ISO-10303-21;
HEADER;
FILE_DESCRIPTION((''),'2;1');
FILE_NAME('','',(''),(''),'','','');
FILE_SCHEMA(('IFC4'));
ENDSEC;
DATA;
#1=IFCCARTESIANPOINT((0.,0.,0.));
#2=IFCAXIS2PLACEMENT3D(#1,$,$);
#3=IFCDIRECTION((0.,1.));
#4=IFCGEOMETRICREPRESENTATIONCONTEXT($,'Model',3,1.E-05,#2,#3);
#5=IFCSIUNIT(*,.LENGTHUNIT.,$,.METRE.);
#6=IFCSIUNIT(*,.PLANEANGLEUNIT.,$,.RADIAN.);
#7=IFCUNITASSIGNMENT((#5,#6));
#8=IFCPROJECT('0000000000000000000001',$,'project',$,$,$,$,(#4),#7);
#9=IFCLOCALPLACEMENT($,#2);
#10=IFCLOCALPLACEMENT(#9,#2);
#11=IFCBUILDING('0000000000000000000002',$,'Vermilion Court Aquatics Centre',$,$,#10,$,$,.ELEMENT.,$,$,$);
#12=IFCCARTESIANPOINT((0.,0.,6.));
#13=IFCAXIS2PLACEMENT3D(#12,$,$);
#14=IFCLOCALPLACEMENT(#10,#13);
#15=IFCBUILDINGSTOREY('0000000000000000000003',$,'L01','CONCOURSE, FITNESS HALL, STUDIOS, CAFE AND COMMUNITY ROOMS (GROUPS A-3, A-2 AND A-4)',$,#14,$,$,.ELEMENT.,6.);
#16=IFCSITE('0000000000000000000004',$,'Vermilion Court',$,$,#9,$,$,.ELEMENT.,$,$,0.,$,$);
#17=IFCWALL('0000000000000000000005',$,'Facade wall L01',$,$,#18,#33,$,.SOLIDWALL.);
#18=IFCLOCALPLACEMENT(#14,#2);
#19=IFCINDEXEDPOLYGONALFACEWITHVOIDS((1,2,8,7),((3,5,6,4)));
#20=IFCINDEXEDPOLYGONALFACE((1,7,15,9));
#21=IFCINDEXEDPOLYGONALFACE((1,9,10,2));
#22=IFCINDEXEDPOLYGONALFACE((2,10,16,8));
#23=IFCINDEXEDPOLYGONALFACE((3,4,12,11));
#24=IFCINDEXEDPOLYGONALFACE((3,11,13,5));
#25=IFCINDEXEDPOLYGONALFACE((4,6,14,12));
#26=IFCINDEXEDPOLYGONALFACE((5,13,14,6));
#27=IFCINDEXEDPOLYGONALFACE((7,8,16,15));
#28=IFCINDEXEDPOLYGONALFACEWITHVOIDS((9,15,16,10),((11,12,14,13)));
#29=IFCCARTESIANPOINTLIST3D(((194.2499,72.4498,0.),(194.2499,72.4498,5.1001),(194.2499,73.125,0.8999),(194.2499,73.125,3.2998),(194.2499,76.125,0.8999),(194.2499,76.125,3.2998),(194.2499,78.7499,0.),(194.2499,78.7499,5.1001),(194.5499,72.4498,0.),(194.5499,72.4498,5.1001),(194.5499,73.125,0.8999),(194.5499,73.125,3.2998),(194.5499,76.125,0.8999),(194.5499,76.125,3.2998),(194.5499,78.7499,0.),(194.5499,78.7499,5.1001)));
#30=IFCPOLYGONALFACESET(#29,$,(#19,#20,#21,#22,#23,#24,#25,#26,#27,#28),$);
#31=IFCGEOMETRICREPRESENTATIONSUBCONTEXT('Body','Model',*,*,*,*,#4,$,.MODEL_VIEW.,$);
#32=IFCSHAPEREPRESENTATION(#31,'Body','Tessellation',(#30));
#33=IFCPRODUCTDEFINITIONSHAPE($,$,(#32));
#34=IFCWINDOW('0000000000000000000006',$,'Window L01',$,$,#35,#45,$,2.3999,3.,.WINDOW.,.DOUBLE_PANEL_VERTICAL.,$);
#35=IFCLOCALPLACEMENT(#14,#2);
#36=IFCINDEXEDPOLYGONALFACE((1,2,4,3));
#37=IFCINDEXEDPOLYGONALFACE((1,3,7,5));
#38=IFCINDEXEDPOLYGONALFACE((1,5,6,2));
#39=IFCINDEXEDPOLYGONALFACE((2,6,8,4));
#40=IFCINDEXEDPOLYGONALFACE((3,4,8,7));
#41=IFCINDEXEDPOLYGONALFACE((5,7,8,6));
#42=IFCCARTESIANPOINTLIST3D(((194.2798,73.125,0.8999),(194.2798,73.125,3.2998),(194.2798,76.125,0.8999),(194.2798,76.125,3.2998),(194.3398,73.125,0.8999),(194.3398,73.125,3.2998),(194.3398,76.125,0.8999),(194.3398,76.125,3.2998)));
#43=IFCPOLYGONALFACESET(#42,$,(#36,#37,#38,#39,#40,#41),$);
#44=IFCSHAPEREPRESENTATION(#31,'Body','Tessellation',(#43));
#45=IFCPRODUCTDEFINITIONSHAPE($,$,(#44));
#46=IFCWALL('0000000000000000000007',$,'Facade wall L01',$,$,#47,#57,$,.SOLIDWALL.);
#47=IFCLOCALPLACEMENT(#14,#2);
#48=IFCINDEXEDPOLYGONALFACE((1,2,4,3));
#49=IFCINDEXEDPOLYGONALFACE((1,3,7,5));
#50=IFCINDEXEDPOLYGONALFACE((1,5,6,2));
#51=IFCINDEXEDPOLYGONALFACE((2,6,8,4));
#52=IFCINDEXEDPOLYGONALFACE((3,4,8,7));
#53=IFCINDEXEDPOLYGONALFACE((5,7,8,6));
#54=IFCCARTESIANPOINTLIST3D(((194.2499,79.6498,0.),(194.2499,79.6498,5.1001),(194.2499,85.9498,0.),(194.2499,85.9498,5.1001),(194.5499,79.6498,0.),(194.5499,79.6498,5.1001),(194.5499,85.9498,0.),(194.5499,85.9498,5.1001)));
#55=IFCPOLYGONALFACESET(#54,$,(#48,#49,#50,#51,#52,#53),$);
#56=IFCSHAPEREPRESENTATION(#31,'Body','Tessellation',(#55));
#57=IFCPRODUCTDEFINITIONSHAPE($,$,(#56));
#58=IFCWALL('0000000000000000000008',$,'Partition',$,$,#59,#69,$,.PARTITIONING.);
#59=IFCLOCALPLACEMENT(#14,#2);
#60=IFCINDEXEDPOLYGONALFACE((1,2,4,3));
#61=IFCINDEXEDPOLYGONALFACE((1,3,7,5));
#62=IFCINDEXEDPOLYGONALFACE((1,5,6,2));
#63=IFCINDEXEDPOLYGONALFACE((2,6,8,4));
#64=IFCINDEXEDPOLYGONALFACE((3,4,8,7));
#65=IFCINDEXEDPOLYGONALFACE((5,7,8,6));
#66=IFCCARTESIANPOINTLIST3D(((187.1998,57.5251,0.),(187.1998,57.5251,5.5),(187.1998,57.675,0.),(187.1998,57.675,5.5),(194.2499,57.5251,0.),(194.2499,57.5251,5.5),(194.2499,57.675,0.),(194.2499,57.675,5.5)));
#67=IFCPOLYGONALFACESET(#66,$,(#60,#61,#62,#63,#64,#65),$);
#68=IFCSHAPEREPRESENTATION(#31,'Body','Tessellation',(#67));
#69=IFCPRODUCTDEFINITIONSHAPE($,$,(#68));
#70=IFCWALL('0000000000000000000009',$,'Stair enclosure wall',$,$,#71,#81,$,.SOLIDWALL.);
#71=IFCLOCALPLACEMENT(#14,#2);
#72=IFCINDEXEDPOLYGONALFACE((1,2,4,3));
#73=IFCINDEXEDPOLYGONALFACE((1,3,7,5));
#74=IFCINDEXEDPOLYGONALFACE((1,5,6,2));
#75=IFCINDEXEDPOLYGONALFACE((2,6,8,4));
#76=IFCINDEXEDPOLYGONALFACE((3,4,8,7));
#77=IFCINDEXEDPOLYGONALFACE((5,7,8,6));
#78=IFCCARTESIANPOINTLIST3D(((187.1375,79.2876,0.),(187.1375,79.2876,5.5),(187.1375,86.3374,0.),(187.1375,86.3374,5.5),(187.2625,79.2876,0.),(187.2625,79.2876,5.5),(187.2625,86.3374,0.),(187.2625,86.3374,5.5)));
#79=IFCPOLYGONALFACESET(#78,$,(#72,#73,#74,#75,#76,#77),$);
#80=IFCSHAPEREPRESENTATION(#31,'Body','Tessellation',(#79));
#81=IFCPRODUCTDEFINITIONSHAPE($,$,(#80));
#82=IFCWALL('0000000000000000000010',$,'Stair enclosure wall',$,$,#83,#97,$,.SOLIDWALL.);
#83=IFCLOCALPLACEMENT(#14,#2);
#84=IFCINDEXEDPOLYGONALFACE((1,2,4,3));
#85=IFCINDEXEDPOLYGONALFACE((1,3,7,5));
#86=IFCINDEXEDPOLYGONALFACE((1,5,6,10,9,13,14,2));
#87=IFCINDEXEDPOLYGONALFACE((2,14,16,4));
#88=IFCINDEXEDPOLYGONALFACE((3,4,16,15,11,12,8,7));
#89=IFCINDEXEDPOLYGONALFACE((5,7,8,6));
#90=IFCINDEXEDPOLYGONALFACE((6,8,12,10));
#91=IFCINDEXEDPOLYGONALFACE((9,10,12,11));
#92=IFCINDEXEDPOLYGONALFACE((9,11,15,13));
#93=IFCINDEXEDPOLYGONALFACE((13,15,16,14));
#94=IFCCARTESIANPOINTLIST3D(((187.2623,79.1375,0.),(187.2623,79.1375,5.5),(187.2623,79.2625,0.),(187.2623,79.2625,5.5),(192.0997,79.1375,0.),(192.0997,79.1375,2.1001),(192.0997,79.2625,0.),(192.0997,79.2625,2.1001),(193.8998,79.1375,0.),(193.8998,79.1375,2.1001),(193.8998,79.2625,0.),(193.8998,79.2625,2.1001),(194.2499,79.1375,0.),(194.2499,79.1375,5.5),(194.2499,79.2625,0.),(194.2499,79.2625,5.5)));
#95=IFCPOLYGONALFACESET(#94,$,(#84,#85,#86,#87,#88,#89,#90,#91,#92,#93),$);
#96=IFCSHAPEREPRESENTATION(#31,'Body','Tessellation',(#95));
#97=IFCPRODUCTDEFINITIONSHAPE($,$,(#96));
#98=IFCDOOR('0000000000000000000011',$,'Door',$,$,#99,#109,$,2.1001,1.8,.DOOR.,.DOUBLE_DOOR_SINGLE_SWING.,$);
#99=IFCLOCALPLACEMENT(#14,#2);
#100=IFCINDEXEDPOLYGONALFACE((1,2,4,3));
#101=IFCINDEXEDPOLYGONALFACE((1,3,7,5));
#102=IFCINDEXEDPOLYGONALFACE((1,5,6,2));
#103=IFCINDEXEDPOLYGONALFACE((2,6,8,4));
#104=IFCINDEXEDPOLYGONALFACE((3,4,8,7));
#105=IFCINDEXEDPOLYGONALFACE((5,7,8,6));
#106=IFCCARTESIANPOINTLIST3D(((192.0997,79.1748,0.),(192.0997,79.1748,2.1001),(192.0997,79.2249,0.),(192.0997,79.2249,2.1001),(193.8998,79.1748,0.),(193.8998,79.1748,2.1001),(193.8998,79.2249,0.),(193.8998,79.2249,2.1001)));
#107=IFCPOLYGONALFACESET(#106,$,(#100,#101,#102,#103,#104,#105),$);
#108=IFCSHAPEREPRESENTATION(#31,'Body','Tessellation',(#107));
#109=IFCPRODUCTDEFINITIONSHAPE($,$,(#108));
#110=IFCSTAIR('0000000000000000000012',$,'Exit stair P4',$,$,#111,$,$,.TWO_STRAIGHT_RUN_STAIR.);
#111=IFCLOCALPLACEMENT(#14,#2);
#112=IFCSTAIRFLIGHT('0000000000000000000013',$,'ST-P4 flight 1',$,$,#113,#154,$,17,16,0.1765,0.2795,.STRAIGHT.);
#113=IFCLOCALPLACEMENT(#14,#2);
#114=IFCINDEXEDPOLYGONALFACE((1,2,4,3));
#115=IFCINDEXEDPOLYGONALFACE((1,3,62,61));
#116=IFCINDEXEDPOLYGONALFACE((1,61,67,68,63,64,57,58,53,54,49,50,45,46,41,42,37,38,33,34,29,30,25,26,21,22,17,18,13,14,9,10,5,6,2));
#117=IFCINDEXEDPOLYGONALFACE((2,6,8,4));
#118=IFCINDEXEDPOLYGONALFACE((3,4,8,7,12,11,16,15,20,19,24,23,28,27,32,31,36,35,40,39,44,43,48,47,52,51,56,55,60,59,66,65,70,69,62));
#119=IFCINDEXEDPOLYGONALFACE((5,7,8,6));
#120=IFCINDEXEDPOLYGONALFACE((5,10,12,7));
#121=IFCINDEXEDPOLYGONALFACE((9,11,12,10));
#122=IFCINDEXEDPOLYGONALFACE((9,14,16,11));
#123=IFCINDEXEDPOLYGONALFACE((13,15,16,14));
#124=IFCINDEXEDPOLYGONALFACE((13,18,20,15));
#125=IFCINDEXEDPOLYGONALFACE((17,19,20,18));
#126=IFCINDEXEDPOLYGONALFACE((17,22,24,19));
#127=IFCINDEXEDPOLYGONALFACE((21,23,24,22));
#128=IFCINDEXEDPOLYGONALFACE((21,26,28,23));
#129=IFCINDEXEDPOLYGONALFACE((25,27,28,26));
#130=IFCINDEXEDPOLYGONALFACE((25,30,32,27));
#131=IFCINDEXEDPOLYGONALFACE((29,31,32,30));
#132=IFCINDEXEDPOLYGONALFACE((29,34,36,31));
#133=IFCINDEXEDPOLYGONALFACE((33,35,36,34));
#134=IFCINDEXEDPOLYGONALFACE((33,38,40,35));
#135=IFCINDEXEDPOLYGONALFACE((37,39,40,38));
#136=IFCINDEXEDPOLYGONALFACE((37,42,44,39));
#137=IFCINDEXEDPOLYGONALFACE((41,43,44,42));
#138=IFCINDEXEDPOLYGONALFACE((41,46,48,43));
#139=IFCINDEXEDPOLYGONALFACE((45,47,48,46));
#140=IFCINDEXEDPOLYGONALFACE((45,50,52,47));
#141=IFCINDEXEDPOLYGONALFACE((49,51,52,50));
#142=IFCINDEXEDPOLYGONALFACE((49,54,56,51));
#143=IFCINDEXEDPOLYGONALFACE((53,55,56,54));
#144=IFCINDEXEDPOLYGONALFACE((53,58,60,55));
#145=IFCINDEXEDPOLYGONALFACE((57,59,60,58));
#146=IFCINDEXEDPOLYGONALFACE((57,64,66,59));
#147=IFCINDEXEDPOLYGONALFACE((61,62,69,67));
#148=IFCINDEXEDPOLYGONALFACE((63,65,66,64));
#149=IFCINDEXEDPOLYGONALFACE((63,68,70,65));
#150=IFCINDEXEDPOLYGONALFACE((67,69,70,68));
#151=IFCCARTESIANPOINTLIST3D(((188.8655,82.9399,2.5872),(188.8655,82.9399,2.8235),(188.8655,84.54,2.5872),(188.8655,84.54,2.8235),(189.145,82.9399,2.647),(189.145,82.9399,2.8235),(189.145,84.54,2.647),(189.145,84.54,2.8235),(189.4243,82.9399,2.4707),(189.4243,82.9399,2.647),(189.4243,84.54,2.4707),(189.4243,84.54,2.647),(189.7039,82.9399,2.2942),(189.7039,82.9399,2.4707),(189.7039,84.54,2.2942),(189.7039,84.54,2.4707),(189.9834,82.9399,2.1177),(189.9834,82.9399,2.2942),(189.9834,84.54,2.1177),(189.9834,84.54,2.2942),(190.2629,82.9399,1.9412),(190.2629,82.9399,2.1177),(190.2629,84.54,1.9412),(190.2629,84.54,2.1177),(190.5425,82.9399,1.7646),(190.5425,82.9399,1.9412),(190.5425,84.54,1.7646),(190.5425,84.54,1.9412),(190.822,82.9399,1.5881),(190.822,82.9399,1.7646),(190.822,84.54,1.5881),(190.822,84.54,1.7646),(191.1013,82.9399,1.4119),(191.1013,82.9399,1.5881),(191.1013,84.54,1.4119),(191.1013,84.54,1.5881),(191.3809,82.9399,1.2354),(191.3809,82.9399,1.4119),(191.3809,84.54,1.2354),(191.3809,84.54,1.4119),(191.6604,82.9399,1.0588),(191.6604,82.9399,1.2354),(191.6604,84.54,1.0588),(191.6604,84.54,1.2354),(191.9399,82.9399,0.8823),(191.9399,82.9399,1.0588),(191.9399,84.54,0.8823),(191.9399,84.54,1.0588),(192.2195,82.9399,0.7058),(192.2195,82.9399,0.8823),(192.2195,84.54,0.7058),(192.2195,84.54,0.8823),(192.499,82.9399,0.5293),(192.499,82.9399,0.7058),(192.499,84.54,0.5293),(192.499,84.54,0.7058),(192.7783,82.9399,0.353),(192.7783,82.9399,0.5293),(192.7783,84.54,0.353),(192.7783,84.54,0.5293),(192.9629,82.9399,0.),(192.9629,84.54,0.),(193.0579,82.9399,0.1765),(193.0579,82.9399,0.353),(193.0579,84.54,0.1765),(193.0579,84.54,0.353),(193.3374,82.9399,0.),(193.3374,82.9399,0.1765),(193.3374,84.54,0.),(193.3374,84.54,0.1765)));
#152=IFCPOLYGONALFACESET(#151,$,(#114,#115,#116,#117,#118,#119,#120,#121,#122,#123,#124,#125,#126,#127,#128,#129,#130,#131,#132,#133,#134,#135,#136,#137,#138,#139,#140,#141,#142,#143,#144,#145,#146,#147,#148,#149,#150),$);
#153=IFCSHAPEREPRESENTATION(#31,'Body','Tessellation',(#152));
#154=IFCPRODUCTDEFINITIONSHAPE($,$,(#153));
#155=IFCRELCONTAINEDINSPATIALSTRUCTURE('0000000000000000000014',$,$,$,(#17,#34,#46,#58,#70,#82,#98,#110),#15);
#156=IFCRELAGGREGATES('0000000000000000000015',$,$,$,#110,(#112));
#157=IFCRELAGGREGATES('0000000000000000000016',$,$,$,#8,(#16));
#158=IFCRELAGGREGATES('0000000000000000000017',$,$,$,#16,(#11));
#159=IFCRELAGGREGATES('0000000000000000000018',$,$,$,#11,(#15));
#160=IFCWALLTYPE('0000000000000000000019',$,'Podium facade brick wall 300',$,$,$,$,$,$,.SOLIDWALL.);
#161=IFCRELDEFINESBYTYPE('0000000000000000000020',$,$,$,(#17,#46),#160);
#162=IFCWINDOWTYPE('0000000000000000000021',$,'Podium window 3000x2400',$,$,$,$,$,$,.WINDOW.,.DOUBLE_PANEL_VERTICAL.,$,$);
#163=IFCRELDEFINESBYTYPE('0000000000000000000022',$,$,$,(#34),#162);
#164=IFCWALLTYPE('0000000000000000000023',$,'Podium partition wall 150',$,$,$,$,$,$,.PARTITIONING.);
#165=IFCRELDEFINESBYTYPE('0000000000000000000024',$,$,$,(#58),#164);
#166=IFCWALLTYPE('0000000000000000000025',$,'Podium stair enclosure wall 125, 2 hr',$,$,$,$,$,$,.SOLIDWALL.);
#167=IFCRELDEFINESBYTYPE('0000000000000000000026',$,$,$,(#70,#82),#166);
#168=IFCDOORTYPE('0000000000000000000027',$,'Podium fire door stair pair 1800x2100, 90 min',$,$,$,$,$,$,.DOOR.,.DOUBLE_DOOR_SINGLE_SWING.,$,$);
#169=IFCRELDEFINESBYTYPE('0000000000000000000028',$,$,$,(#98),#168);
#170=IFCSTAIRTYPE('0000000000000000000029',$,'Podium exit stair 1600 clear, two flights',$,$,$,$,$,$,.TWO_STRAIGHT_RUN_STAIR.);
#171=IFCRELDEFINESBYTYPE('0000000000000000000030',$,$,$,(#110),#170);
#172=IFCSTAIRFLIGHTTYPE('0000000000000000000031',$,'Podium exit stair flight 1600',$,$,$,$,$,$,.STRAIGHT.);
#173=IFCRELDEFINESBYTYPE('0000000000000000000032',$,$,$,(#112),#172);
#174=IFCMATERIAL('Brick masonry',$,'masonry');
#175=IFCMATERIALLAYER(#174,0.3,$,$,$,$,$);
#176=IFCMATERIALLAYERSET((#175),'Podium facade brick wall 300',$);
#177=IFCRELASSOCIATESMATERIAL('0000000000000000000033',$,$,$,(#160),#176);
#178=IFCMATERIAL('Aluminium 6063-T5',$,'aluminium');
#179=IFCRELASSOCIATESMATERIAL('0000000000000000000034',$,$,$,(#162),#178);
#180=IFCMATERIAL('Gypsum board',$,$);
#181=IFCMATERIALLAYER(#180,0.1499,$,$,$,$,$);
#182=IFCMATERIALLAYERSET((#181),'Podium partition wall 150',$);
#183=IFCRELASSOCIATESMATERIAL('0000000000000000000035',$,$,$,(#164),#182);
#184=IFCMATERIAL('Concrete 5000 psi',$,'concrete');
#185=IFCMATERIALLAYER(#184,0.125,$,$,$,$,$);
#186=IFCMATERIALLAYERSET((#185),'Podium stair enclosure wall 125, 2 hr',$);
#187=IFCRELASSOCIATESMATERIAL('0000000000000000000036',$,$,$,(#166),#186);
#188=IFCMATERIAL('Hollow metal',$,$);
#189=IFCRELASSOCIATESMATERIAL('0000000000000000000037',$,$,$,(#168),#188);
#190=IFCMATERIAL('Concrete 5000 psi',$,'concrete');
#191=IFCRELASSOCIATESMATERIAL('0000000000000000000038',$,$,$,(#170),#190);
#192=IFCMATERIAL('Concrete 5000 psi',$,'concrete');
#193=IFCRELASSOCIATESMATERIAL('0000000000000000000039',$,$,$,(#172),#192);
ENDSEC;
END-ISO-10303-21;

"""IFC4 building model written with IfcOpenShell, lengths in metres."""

from ifc_helpers import new_model, si_unit, direction, frame, frame_2d, origin, place, context, subcontext, project, spatial, polyline, rectangle, outline, extrude, material, layer, layer_set, type_object, element, fill, aggregate, save


model = new_model("IFC4")

# Units and contexts
model_context = context("Model", 3, precision=1e-05, world=origin(), true_north=direction((0.0, 1.0)))
body_context = subcontext(model_context, "Body", "Model", "MODEL_VIEW")
ifc_project = project(units=[si_unit("LENGTHUNIT", "METRE"), si_unit("PLANEANGLEUNIT", "RADIAN")], contexts=[model_context])

# Site, building, storey
site_placement = place(None, origin())
site = spatial("IfcSite", under=ifc_project, at=site_placement, Name="Vermilion Court", CompositionType="ELEMENT", RefElevation=0.0)
building_placement = place(site_placement, origin())
building = spatial("IfcBuilding", under=site, at=building_placement, Name="Vermilion Court Aquatics Centre", CompositionType="ELEMENT")
storey_placement = place(building_placement, frame((0.0, 0.0, 6.0)))
storey = spatial("IfcBuildingStorey", under=building, at=storey_placement, Name="L01", Description="CONCOURSE, FITNESS HALL, STUDIOS, CAFE AND COMMUNITY ROOMS (GROUPS A-3, A-2 AND A-4)", CompositionType="ELEMENT", Elevation=6.0)

# Wall, opening, window
ifc_material_1 = material(Name="Brick masonry", Category="masonry")
ifc_layer_1 = layer(ifc_material_1, 0.3)
ifc_layer_set_1 = layer_set([ifc_layer_1], Name="Podium facade brick wall 300")
wall_type_1 = type_object("IfcWallType", Name="Podium facade brick wall 300", PredefinedType="SOLIDWALL", material=ifc_layer_set_1)
ifc_material_2 = material(Name="Aluminium 6063-T5", Category="aluminium")
window_type = type_object("IfcWindowType", Name="Podium window 3000x2400", PartitioningType="DOUBLE_PANEL_VERTICAL", PredefinedType="WINDOW", material=ifc_material_2)
wall_1_placement = place(storey_placement, frame((194.3999, 72.45, 0.0), z_axis=(0.0, 0.0, 1.0), x_axis=(0.0, 1.0, 0.0)))
wall_1 = element("IfcWall", 1, at=wall_1_placement, inside=storey, type_object=wall_type_1, Name="Facade wall L01", PredefinedType="SOLIDWALL", context=body_context, shape_type="SweptSolid", body=[
    extrude(rectangle(XDim=6.3, YDim=0.3, at=frame_2d((3.1499, 0.0))), origin(), (0.0, 0.0, 1.0), 5.1001),
])
opening_1_placement = place(wall_1_placement, frame((0.675, 0.0, 0.8999)))
opening_1 = element("IfcOpeningElement", 2, at=opening_1_placement, cuts=wall_1, PredefinedType="OPENING", context=body_context, shape_type="SweptSolid", body=[
    extrude(rectangle(XDim=3.0, YDim=2.3999, at=frame_2d((1.5, 1.2))), frame((0.0, 0.1599, 0.0), z_axis=(0.0, -1.0, 0.0), x_axis=(1.0, 0.0, 0.0)), (0.0, 0.0, 1.0), 0.3201),
])
window_1_placement = place(opening_1_placement, origin())
window_1 = element("IfcWindow", 3, at=window_1_placement, inside=storey, type_object=window_type, Name="Window L01", OverallHeight=2.3999, OverallWidth=3.0, PartitioningType="DOUBLE_PANEL_VERTICAL", PredefinedType="WINDOW", context=body_context, shape_type="SweptSolid", body=[
    extrude(rectangle(XDim=3.0, YDim=2.3999, at=frame_2d((1.5, 1.2))), frame((0.0, 0.1201, 0.0), z_axis=(0.0, -1.0, 0.0), x_axis=(1.0, 0.0, 0.0)), (0.0, 0.0, 1.0), 0.0601),
])
fill(opening_1, window_1)

# Walls
wall_2_placement = place(storey_placement, frame((194.3999, 79.6499, 0.0), z_axis=(0.0, 0.0, 1.0), x_axis=(0.0, 1.0, 0.0)))
element("IfcWall", 4, at=wall_2_placement, inside=storey, type_object=wall_type_1, Name="Facade wall L01", PredefinedType="SOLIDWALL", context=body_context, shape_type="SweptSolid", body=[
    extrude(rectangle(XDim=6.3, YDim=0.3, at=frame_2d((3.1499, 0.0))), origin(), (0.0, 0.0, 1.0), 5.1001),
])
ifc_material_3 = material(Name="Gypsum board")
ifc_layer_2 = layer(ifc_material_3, 0.1499)
ifc_layer_set_2 = layer_set([ifc_layer_2], Name="Podium partition wall 150")
wall_type_2 = type_object("IfcWallType", Name="Podium partition wall 150", PredefinedType="PARTITIONING", material=ifc_layer_set_2)
wall_3_placement = place(storey_placement, frame((187.2, 57.6001, 0.0), z_axis=(0.0, 0.0, 1.0), x_axis=(1.0, 0.0, 0.0)))
element("IfcWall", 5, at=wall_3_placement, inside=storey, type_object=wall_type_2, Name="Partition", PredefinedType="PARTITIONING", context=body_context, shape_type="SweptSolid", body=[
    extrude(rectangle(XDim=7.05, YDim=0.1499, at=frame_2d((3.5249, 0.0))), origin(), (0.0, 0.0, 1.0), 5.5),
])
ifc_material_4 = material(Name="Concrete 5000 psi", Category="concrete")
ifc_layer_3 = layer(ifc_material_4, 0.125)
ifc_layer_set_3 = layer_set([ifc_layer_3], Name="Podium stair enclosure wall 125, 2 hr")
wall_type_3 = type_object("IfcWallType", Name="Podium stair enclosure wall 125, 2 hr", PredefinedType="SOLIDWALL", material=ifc_layer_set_3)
wall_4_placement = place(storey_placement, frame((187.2, 79.2876, 0.0), z_axis=(0.0, 0.0, 1.0), x_axis=(0.0, 1.0, 0.0)))
element("IfcWall", 6, at=wall_4_placement, inside=storey, type_object=wall_type_3, Name="Stair enclosure wall", PredefinedType="SOLIDWALL", context=body_context, shape_type="SweptSolid", body=[
    extrude(rectangle(XDim=7.0498, YDim=0.125, at=frame_2d((3.5249, 0.0))), origin(), (0.0, 0.0, 1.0), 5.5),
])

# Wall, opening, door
wall_5_placement = place(storey_placement, frame((187.2625, 79.2, 0.0), z_axis=(0.0, 0.0, 1.0), x_axis=(1.0, 0.0, 0.0)))
wall_5 = element("IfcWall", 7, at=wall_5_placement, inside=storey, type_object=wall_type_3, Name="Stair enclosure wall", PredefinedType="SOLIDWALL", context=body_context, shape_type="SweptSolid", body=[
    extrude(rectangle(XDim=6.9875, YDim=0.125, at=frame_2d((3.4937, 0.0))), origin(), (0.0, 0.0, 1.0), 5.5),
])
opening_2_placement = place(wall_5_placement, frame((4.8374, 0.0, 0.0)))
opening_2 = element("IfcOpeningElement", 8, at=opening_2_placement, cuts=wall_5, PredefinedType="OPENING", context=body_context, shape_type="SweptSolid", body=[
    extrude(rectangle(XDim=1.8, YDim=2.1001, at=frame_2d((0.8999, 1.05))), frame((0.0, 0.0725, 0.0), z_axis=(0.0, -1.0, 0.0), x_axis=(1.0, 0.0, 0.0)), (0.0, 0.0, 1.0), 0.145),
])
ifc_material_5 = material(Name="Hollow metal")
door_type = type_object("IfcDoorType", Name="Podium fire door stair pair 1800x2100, 90 min", OperationType="DOUBLE_DOOR_SINGLE_SWING", PredefinedType="DOOR", material=ifc_material_5)
door_placement = place(opening_2_placement, origin())
door = element("IfcDoor", 9, at=door_placement, inside=storey, type_object=door_type, Name="Door", OperationType="DOUBLE_DOOR_SINGLE_SWING", OverallHeight=2.1001, OverallWidth=1.8, PredefinedType="DOOR", context=body_context, shape_type="SweptSolid", body=[
    extrude(rectangle(XDim=1.8, YDim=2.1001, at=frame_2d((0.8999, 1.05))), frame((0.0, 0.0249, 0.0), z_axis=(0.0, -1.0, 0.0), x_axis=(1.0, 0.0, 0.0)), (0.0, 0.0, 1.0), 0.05),
])
fill(opening_2, door)

# Stair, stair flight
ifc_material_6 = material(Name="Concrete 5000 psi", Category="concrete")
stair_type = type_object("IfcStairType", Name="Podium exit stair 1600 clear, two flights", PredefinedType="TWO_STRAIGHT_RUN_STAIR", material=ifc_material_6)
stair_placement = place(storey_placement, origin())
stair = element("IfcStair", 10, at=stair_placement, inside=storey, type_object=stair_type, Name="Exit stair P4", PredefinedType="TWO_STRAIGHT_RUN_STAIR")
ifc_material_7 = material(Name="Concrete 5000 psi", Category="concrete")
stair_flight_type = type_object("IfcStairFlightType", Name="Podium exit stair flight 1600", PredefinedType="STRAIGHT", material=ifc_material_7)
stair_flight_1_placement = place(storey_placement, frame((193.3374, 83.74, 0.0), z_axis=(0.0, 0.0, 1.0), x_axis=(-1.0, 0.0, 0.0)))
stair_flight_1 = element("IfcStairFlight", 11, at=stair_flight_1_placement, type_object=stair_flight_type, Name="ST-P4 flight 1", NumberOfRisers=17, NumberOfTreads=16, PredefinedType="STRAIGHT", RiserHeight=0.1765, TreadLength=0.2795, context=body_context, shape_type="SweptSolid", body=[
    extrude(outline(polyline([(0.0, 0.0), (0.0, 0.1765), (0.2795, 0.1765), (0.2795, 0.353), (0.5591, 0.353), (0.5591, 0.5293), (0.8384, 0.5293), (0.8384, 0.7058), (1.1179, 0.7058), (1.1179, 0.8823), (1.3975, 0.8823), (1.3975, 1.0588), (1.677, 1.0588), (1.677, 1.2354), (1.9565, 1.2354), (1.9565, 1.4119), (2.2361, 1.4119), (2.2361, 1.5881), (2.5154, 1.5881), (2.5154, 1.7646), (2.7949, 1.7646), (2.7949, 1.9412), (3.0745, 1.9412), (3.0745, 2.1177), (3.354, 2.1177), (3.354, 2.2942), (3.6335, 2.2942), (3.6335, 2.4707), (3.9131, 2.4707), (3.9131, 2.647), (4.1924, 2.647), (4.1924, 2.8235), (4.4719, 2.8235), (4.4719, 3.0), (4.4719, 2.5872), (0.3745, 0.0), (0.0, 0.0)])), frame((0.0, 0.8, 0.0), z_axis=(0.0, -1.0, 0.0), x_axis=(1.0, 0.0, 0.0)), (0.0, 0.0, 1.0), 1.6001),
])
aggregate(stair, [stair_flight_1])

save(model, "model.ifc")
